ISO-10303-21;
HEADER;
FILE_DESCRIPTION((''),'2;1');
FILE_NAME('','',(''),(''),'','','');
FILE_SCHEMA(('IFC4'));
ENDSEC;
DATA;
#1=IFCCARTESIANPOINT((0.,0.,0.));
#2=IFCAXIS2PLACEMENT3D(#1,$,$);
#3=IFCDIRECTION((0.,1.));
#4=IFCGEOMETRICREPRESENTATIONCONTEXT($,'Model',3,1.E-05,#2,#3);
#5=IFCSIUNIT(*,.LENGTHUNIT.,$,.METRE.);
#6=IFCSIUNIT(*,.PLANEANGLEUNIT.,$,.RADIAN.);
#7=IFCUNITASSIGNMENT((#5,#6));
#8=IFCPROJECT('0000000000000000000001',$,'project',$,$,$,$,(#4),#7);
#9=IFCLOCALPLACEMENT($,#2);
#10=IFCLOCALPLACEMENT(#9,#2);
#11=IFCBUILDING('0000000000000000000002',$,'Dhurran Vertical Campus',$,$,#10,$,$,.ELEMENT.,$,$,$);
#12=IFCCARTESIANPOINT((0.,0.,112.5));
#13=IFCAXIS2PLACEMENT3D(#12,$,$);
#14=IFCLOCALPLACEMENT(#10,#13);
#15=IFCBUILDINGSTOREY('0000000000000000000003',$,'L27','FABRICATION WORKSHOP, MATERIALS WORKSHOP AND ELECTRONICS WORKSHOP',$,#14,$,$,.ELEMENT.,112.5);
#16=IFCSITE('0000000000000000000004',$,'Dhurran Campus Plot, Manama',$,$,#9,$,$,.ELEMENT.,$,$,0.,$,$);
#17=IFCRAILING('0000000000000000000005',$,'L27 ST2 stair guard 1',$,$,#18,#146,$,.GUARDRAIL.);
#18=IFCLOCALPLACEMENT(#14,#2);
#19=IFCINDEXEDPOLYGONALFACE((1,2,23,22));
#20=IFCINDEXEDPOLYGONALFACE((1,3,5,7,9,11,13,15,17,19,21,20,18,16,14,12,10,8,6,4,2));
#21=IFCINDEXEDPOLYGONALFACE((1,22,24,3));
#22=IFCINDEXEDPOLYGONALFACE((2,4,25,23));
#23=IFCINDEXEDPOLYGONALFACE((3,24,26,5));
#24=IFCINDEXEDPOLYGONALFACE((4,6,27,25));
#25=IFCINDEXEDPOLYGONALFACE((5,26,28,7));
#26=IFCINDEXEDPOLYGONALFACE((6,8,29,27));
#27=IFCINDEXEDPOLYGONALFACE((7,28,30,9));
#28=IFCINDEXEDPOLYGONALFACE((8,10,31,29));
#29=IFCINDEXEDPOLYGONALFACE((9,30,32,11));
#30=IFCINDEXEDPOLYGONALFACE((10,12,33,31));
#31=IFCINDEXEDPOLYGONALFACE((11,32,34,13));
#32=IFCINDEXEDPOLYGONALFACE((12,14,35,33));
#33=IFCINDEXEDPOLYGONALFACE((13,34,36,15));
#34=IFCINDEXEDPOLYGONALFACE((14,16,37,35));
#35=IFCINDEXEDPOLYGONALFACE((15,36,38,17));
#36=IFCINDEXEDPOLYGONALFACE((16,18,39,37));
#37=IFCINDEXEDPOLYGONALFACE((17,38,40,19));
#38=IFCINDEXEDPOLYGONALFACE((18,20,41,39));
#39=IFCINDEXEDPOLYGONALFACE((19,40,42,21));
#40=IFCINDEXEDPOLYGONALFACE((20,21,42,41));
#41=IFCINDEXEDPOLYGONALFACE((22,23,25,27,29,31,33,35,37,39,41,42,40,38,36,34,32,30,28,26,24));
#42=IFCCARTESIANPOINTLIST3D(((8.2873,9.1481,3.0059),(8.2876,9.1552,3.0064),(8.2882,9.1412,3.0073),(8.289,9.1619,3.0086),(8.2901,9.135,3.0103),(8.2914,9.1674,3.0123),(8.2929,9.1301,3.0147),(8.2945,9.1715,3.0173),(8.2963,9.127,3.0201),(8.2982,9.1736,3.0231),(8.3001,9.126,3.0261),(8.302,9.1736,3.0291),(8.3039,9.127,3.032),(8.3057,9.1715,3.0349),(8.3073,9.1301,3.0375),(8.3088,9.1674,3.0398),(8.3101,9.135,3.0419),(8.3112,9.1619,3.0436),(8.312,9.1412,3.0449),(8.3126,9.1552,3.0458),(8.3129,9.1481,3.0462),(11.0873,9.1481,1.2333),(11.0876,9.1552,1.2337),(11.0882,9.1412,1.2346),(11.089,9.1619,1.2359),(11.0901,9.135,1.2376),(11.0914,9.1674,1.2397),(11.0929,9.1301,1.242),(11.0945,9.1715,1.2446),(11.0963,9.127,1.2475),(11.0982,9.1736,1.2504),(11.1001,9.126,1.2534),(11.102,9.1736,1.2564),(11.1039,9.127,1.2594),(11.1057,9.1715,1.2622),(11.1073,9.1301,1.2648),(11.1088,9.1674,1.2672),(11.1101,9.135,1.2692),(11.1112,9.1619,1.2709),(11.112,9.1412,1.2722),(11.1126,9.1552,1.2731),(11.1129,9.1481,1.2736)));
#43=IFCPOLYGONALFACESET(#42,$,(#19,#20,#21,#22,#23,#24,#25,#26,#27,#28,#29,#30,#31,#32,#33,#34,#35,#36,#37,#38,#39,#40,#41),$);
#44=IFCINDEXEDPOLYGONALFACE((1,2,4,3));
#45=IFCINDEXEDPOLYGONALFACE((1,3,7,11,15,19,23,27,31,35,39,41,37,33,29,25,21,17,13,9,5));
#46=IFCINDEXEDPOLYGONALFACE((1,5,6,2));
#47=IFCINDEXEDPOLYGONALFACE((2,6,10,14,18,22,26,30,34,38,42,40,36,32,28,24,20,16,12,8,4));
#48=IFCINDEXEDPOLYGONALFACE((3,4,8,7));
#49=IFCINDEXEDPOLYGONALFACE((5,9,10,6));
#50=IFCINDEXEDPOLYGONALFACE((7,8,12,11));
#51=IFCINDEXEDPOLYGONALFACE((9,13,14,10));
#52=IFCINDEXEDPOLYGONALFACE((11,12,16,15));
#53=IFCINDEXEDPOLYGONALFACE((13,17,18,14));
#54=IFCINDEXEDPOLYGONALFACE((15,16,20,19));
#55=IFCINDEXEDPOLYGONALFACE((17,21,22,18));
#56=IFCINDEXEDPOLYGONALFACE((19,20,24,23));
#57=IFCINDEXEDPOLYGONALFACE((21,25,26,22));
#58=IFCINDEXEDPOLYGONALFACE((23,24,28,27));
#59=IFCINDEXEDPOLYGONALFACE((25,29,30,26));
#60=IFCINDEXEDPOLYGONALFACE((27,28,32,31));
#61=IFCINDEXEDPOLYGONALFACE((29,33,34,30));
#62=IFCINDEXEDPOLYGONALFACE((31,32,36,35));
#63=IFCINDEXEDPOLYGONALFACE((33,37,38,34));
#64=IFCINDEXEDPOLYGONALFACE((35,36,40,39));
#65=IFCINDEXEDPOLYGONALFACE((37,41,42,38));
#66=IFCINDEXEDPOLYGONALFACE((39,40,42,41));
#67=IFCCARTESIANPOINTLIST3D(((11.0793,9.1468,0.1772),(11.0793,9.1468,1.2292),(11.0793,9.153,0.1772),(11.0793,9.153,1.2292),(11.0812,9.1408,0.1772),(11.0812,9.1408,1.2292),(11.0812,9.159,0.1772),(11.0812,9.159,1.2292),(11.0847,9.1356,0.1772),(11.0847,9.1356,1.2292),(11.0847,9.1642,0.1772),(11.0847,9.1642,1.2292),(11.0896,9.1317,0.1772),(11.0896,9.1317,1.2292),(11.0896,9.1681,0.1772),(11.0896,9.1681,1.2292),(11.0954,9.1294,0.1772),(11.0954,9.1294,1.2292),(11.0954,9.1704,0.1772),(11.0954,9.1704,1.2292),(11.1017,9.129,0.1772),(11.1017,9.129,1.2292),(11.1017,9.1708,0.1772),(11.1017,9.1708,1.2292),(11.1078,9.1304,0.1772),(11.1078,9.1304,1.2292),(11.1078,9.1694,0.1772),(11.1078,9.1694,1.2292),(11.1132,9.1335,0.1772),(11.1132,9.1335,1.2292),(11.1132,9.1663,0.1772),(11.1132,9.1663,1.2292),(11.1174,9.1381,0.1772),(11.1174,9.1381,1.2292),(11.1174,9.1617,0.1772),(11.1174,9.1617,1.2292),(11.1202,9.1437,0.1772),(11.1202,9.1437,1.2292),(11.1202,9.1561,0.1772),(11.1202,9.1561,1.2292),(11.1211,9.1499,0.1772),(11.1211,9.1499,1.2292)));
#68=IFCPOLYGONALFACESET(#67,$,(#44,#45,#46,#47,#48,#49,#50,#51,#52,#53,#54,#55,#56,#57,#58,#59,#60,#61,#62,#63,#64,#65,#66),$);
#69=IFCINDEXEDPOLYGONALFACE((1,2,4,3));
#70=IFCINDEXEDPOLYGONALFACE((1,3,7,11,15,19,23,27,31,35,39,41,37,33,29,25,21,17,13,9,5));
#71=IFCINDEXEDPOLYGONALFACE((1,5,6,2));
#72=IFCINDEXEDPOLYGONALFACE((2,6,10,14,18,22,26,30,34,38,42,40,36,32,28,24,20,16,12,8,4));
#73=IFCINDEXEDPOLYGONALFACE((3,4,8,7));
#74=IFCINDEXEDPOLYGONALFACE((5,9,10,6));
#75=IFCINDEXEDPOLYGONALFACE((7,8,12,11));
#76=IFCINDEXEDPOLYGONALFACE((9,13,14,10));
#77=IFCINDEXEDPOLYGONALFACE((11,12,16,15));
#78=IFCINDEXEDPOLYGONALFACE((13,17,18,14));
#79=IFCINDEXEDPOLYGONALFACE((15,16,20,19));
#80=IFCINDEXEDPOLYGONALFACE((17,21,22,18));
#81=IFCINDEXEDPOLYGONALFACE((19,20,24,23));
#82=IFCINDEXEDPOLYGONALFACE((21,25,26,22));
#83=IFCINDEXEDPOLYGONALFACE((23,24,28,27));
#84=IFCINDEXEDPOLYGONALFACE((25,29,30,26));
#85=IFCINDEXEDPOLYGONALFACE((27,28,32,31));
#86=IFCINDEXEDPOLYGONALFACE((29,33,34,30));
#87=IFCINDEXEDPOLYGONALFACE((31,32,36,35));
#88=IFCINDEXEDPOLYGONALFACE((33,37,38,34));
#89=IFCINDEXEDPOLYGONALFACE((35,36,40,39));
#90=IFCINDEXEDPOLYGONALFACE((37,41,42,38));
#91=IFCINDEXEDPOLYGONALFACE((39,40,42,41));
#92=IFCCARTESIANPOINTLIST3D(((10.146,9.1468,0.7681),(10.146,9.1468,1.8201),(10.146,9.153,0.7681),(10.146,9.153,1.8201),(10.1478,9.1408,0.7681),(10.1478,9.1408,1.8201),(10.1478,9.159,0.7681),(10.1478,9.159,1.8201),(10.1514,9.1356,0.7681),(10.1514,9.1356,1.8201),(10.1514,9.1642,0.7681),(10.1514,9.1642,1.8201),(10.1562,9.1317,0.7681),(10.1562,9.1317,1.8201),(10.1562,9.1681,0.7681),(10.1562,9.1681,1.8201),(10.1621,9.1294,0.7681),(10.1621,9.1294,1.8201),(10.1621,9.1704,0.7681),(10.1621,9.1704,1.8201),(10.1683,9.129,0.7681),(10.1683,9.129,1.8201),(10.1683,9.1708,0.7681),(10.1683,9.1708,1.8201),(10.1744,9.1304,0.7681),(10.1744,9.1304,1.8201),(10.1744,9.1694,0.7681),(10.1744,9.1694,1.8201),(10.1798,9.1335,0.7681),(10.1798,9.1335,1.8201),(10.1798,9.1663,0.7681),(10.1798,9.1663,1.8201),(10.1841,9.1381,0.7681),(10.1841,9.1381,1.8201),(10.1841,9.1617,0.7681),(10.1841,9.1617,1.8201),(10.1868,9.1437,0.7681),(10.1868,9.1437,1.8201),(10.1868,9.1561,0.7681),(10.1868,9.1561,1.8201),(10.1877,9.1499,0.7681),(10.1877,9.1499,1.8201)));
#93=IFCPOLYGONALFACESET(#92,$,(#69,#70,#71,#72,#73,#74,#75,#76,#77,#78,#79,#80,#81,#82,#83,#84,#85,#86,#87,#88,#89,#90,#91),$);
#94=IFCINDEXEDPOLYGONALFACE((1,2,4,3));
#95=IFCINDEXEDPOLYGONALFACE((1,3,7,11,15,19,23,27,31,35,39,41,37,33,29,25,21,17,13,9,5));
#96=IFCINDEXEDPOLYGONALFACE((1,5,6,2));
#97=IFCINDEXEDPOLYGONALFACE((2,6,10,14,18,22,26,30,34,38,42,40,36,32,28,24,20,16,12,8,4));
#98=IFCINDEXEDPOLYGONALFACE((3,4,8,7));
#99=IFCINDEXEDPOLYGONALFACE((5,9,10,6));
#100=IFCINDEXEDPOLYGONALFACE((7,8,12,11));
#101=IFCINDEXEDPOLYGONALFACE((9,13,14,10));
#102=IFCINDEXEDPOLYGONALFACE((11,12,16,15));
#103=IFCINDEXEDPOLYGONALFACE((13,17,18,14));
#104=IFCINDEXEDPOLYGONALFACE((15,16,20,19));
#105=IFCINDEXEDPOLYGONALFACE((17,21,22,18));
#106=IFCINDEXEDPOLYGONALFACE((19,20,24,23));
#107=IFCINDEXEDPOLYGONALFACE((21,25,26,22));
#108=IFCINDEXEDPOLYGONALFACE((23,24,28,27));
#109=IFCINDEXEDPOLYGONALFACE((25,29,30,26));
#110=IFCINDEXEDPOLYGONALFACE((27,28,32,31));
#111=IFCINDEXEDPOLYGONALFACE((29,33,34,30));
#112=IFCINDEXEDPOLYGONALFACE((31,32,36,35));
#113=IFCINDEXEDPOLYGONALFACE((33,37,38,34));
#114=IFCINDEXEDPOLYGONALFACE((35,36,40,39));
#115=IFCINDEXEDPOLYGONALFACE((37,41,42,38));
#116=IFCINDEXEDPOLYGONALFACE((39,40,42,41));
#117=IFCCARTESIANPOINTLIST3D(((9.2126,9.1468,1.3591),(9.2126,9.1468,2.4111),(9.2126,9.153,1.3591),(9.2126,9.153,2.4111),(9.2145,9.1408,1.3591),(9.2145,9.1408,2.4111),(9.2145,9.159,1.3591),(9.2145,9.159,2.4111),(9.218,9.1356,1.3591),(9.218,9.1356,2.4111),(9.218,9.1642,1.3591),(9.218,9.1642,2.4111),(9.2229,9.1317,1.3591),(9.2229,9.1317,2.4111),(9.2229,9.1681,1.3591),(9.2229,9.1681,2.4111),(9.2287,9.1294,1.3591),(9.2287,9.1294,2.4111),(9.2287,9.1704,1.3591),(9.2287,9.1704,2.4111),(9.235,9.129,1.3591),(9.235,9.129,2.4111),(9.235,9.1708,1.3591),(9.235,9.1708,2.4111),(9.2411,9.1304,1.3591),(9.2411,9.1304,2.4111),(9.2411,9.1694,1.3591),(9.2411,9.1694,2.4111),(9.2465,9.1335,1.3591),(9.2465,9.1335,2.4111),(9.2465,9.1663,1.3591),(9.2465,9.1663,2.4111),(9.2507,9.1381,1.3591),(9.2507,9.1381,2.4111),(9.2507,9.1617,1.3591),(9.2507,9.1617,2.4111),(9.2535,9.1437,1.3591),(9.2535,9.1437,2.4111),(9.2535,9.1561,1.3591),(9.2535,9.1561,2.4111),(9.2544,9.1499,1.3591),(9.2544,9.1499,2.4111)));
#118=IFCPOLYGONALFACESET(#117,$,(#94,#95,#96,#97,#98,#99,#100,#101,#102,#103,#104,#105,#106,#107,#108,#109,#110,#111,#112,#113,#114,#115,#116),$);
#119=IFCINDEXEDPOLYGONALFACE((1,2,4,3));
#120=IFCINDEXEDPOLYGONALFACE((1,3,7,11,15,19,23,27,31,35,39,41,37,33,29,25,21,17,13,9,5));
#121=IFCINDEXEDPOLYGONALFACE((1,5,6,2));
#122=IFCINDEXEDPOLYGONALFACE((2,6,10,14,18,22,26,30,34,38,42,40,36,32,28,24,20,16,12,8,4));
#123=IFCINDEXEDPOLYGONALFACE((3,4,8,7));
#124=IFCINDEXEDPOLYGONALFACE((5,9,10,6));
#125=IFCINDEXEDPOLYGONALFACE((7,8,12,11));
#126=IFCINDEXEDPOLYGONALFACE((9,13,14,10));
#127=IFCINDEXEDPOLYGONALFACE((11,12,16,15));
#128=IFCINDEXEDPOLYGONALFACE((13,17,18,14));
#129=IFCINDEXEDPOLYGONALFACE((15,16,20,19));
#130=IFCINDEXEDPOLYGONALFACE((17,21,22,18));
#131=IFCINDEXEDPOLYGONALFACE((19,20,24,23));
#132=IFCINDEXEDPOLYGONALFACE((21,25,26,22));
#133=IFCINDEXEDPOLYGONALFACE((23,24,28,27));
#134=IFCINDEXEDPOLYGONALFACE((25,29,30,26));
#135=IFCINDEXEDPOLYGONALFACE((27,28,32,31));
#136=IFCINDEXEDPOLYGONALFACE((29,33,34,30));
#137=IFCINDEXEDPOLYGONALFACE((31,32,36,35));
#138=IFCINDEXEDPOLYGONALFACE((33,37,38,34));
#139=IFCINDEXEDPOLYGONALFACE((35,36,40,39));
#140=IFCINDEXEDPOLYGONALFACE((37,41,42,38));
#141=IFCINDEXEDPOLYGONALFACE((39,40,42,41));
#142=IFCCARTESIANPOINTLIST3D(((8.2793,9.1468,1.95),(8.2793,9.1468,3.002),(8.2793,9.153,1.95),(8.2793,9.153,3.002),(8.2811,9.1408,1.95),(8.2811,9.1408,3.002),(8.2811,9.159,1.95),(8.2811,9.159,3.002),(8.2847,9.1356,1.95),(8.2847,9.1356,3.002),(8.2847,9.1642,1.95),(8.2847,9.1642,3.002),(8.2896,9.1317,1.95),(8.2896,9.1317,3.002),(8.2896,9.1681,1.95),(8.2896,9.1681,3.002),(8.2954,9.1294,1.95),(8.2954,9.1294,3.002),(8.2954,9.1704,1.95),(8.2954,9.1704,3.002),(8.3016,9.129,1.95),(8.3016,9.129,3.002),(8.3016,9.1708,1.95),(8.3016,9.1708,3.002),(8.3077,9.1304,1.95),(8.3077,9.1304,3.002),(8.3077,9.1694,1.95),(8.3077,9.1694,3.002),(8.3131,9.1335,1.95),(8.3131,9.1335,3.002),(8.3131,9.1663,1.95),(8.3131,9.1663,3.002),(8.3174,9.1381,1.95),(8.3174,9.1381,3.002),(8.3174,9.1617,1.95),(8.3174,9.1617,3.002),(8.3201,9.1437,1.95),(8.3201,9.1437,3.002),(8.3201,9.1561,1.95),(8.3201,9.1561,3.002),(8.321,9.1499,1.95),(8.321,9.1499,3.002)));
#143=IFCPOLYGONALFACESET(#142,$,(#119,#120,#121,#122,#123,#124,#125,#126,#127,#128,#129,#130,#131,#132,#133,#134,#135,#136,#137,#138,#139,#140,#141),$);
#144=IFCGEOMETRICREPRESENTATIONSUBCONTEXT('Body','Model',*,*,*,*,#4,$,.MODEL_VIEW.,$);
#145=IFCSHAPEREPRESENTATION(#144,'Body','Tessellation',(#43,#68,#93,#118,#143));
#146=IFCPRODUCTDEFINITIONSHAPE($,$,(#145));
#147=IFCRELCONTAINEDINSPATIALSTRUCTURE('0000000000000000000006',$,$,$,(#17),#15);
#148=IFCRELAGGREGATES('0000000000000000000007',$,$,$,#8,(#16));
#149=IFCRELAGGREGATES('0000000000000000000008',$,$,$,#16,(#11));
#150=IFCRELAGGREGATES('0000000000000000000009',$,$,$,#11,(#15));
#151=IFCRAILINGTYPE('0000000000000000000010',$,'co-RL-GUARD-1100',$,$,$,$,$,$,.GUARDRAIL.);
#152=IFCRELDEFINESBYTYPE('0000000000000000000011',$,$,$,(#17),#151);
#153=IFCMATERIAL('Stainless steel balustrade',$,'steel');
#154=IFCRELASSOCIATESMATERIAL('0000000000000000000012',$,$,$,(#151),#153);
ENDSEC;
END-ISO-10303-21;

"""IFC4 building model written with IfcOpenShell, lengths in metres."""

from ifc_helpers import new_model, si_unit, direction, frame, origin, origin_2d, place, context, subcontext, project, spatial, circle, extrude, material, type_object, element, save


model = new_model("IFC4")

# Units and contexts
model_context = context("Model", 3, precision=1e-05, world=origin(), true_north=direction((0.0, 1.0)))
body_context = subcontext(model_context, "Body", "Model", "MODEL_VIEW")
ifc_project = project(units=[si_unit("LENGTHUNIT", "METRE"), si_unit("PLANEANGLEUNIT", "RADIAN")], contexts=[model_context])

# Site, building, storey
site_placement = place(None, origin())
site = spatial("IfcSite", under=ifc_project, at=site_placement, Name="Dhurran Campus Plot, Manama", CompositionType="ELEMENT", RefElevation=0.0)
building_placement = place(site_placement, origin())
building = spatial("IfcBuilding", under=site, at=building_placement, Name="Dhurran Vertical Campus", CompositionType="ELEMENT")
storey_placement = place(building_placement, frame((0.0, 0.0, 112.5)))
storey = spatial("IfcBuildingStorey", under=building, at=storey_placement, Name="L27", Description="FABRICATION WORKSHOP, MATERIALS WORKSHOP AND ELECTRONICS WORKSHOP", CompositionType="ELEMENT", Elevation=112.5)

# Railing
ifc_material_1 = material(Name="Stainless steel balustrade", Category="steel")
railing_type_1 = type_object("IfcRailingType", Name="co-RL-GUARD-1100", PredefinedType="GUARDRAIL", material=ifc_material_1)
railing_1_placement = place(storey_placement, frame((11.1001, 9.1499, 0.1772)))
element("IfcRailing", 1, at=railing_1_placement, inside=storey, type_object=railing_type_1, Name="L27 ST2 stair guard 1", PredefinedType="GUARDRAIL", context=body_context, shape_type="SweptSolid", body=[
    extrude(circle(Radius=0.0239, at=origin_2d()), frame((0.0, 0.0, 1.0762), z_axis=(-0.844909, 0.0, 0.53491), x_axis=(0.0, -1.0, 0.0)), (0.0, 0.0, 1.0), 3.314),
    extrude(circle(Radius=0.021, at=origin_2d()), origin(), (0.0, 0.0, 1.0), 1.052),
    extrude(circle(Radius=0.021, at=origin_2d()), frame((-0.9333, 0.0, 0.5908)), (0.0, 0.0, 1.0), 1.052),
    extrude(circle(Radius=0.021, at=origin_2d()), frame((-1.8667, 0.0, 1.1819)), (0.0, 0.0, 1.0), 1.052),
    extrude(circle(Radius=0.021, at=origin_2d()), frame((-2.8, 0.0, 1.7727)), (0.0, 0.0, 1.0), 1.052),
])

save(model, "model.ifc")
